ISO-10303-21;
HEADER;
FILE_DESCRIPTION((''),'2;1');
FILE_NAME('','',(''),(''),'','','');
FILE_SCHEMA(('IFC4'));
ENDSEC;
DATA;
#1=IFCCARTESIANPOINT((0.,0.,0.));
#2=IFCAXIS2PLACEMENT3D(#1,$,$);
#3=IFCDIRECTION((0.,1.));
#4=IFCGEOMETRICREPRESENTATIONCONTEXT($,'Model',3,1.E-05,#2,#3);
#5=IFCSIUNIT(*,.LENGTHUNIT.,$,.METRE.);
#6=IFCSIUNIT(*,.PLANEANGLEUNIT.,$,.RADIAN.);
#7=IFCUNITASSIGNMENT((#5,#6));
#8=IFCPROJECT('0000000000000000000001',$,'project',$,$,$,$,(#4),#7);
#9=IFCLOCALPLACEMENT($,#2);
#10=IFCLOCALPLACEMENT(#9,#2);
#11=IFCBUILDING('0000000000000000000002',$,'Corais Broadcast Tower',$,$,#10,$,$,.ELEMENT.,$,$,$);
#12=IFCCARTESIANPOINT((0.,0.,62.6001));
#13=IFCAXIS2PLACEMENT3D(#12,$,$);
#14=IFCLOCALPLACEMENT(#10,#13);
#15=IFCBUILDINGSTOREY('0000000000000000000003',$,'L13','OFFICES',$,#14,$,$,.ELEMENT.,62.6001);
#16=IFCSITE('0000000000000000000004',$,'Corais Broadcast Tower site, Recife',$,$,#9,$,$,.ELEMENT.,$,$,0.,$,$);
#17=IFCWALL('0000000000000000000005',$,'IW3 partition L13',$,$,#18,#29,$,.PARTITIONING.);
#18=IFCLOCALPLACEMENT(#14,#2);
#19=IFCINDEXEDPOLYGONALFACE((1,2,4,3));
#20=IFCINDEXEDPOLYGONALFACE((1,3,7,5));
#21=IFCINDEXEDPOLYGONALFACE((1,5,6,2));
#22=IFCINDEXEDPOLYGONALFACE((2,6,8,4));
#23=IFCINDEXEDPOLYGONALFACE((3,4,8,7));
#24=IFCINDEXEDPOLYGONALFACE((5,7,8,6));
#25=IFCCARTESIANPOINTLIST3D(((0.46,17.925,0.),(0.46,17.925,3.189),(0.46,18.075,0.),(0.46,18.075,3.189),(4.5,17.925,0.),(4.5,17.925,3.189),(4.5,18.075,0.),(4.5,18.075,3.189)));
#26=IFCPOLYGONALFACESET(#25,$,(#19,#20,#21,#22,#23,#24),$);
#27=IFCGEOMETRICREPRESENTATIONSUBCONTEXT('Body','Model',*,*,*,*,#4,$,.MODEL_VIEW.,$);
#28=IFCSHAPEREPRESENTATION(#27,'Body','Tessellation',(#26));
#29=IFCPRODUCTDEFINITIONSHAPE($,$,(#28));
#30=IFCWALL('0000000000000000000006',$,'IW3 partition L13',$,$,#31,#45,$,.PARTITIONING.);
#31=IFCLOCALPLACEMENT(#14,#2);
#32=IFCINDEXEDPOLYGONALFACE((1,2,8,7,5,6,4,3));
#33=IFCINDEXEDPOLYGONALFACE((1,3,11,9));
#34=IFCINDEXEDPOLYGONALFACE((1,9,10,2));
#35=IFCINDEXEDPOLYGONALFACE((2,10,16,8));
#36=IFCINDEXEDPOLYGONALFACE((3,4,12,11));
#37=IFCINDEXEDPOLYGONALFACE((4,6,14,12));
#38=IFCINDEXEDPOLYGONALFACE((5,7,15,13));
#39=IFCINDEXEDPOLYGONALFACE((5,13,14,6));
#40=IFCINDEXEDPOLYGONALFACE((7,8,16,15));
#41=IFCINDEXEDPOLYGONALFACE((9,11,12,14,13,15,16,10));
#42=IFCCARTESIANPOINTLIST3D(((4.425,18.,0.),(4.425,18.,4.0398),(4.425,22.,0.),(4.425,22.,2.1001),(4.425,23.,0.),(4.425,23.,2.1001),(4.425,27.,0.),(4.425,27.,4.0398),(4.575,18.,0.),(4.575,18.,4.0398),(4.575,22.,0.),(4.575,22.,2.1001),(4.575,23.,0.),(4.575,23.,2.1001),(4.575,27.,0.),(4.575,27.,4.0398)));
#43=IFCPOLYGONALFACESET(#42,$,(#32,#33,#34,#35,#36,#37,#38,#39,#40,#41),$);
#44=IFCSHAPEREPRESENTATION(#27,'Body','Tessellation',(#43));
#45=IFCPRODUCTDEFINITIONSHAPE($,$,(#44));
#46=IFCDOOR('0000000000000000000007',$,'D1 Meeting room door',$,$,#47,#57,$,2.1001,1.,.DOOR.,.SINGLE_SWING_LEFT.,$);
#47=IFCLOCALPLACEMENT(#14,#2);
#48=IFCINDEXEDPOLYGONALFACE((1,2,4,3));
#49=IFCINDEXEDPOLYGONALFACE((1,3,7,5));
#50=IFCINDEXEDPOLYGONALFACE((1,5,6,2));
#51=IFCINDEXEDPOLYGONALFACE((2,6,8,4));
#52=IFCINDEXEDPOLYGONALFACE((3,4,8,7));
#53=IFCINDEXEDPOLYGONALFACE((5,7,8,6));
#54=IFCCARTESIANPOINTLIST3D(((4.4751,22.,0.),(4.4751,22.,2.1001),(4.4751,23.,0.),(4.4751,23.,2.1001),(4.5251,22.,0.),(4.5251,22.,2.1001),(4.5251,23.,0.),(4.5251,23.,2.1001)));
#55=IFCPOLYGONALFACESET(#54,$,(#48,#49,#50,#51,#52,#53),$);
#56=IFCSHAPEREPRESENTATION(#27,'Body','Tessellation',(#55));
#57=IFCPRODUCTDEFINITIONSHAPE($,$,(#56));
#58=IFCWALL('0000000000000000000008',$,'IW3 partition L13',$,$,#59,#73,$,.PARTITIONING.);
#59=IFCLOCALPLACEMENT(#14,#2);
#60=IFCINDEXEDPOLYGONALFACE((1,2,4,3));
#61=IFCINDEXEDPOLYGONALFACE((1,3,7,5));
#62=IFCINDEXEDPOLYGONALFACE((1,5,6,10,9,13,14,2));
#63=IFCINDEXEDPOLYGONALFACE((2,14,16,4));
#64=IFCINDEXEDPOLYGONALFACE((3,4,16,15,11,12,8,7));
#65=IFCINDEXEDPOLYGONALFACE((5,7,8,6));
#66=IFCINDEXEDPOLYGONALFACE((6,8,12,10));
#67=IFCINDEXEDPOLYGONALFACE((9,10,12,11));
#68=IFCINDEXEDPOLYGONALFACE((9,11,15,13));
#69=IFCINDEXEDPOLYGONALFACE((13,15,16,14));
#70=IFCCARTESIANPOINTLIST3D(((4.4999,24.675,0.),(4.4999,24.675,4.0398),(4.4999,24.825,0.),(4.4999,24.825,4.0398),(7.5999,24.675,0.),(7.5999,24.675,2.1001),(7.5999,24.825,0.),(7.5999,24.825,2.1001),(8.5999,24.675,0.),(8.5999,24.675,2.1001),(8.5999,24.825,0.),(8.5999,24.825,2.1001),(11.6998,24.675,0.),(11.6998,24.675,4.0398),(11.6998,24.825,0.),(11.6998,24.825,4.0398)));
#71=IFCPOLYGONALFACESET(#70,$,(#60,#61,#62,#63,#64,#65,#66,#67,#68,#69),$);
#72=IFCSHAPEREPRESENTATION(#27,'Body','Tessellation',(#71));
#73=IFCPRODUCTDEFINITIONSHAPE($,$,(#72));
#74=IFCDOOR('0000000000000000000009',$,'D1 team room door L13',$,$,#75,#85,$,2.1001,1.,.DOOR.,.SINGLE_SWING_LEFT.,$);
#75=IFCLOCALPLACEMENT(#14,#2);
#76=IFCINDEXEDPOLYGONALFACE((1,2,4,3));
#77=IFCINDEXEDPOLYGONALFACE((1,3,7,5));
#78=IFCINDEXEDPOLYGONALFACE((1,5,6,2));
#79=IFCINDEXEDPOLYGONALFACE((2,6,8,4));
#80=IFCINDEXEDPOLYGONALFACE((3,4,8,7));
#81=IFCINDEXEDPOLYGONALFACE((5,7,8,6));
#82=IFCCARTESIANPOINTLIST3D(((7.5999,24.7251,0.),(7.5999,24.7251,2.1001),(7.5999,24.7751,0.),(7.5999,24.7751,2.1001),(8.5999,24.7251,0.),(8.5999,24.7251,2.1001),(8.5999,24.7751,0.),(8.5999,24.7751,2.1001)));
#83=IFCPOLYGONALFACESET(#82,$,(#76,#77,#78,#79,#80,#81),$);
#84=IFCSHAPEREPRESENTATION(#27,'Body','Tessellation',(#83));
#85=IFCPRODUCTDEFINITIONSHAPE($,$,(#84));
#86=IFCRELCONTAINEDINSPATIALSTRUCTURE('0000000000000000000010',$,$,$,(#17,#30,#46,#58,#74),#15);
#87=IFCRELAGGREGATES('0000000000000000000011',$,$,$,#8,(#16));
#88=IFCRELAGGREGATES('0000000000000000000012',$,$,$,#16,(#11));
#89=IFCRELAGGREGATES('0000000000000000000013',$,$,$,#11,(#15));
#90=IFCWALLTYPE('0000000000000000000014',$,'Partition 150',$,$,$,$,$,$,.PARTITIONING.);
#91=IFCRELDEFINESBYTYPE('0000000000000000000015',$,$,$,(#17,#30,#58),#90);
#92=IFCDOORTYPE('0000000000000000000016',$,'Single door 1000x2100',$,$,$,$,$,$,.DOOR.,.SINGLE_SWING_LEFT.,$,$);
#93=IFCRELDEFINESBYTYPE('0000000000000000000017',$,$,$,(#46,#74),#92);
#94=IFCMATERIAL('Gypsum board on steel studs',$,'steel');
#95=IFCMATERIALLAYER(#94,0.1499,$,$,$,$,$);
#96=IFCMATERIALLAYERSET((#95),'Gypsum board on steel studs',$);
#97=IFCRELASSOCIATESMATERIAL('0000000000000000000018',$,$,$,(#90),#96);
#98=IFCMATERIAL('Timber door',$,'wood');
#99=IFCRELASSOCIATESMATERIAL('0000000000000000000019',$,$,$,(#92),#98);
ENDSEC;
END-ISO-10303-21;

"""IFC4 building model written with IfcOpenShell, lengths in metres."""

from ifc_helpers import new_model, si_unit, direction, frame, frame_2d, origin, place, context, subcontext, project, spatial, rectangle, extrude, material, layer, layer_set, type_object, element, fill, save


model = new_model("IFC4")

# Units and contexts
model_context = context("Model", 3, precision=1e-05, world=origin(), true_north=direction((0.0, 1.0)))
body_context = subcontext(model_context, "Body", "Model", "MODEL_VIEW")
ifc_project = project(units=[si_unit("LENGTHUNIT", "METRE"), si_unit("PLANEANGLEUNIT", "RADIAN")], contexts=[model_context])

# Site, building, storey
site_placement = place(None, origin())
site = spatial("IfcSite", under=ifc_project, at=site_placement, Name="Corais Broadcast Tower site, Recife", CompositionType="ELEMENT", RefElevation=0.0)
building_placement = place(site_placement, origin())
building = spatial("IfcBuilding", under=site, at=building_placement, Name="Corais Broadcast Tower", CompositionType="ELEMENT")
storey_placement = place(building_placement, frame((0.0, 0.0, 62.6001)))
storey = spatial("IfcBuildingStorey", under=building, at=storey_placement, Name="L13", Description="OFFICES", CompositionType="ELEMENT", Elevation=62.6001)

# Wall
ifc_material_1 = material(Name="Gypsum board on steel studs", Category="steel")
ifc_layer_1 = layer(ifc_material_1, 0.1499)
ifc_layer_set_1 = layer_set([ifc_layer_1], Name="Gypsum board on steel studs")
wall_type_1 = type_object("IfcWallType", Name="Partition 150", PredefinedType="PARTITIONING", material=ifc_layer_set_1)
wall_1_placement = place(storey_placement, frame((0.46, 18.0, 0.0), z_axis=(0.0, 0.0, 1.0), x_axis=(1.0, 0.0, 0.0)))
element("IfcWall", 1, at=wall_1_placement, inside=storey, type_object=wall_type_1, Name="IW3 partition L13", PredefinedType="PARTITIONING", context=body_context, shape_type="SweptSolid", body=[
    extrude(rectangle(XDim=4.04, YDim=0.1499, at=frame_2d((2.02, 0.0))), origin(), (0.0, 0.0, 1.0), 3.189),
])

# Walls, openings, doors
wall_2_placement = place(storey_placement, frame((4.5, 18.0, 0.0), z_axis=(0.0, 0.0, 1.0), x_axis=(0.0, 1.0, 0.0)))
wall_2 = element("IfcWall", 2, at=wall_2_placement, inside=storey, type_object=wall_type_1, Name="IW3 partition L13", PredefinedType="PARTITIONING", context=body_context, shape_type="SweptSolid", body=[
    extrude(rectangle(XDim=9.0, YDim=0.1499, at=frame_2d((4.5, 0.0))), origin(), (0.0, 0.0, 1.0), 4.0398),
])
opening_1_placement = place(wall_2_placement, frame((4.0, 0.0, 0.0)))
opening_1 = element("IfcOpeningElement", 3, at=opening_1_placement, cuts=wall_2, PredefinedType="OPENING", context=body_context, shape_type="SweptSolid", body=[
    extrude(rectangle(XDim=1.0, YDim=2.1001, at=frame_2d((0.5, 1.05))), frame((0.0, 0.085, 0.0), z_axis=(0.0, -1.0, 0.0), x_axis=(1.0, 0.0, 0.0)), (0.0, 0.0, 1.0), 0.1699),
])
ifc_material_2 = material(Name="Timber door", Category="wood")
door_type_1 = type_object("IfcDoorType", Name="Single door 1000x2100", OperationType="SINGLE_SWING_LEFT", PredefinedType="DOOR", material=ifc_material_2)
door_1_placement = place(opening_1_placement, origin())
door_1 = element("IfcDoor", 4, at=door_1_placement, inside=storey, type_object=door_type_1, Name="D1 Meeting room door", OperationType="SINGLE_SWING_LEFT", OverallHeight=2.1001, OverallWidth=1.0, PredefinedType="DOOR", context=body_context, shape_type="SweptSolid", body=[
    extrude(rectangle(XDim=1.0, YDim=2.1001, at=frame_2d((0.5, 1.05))), frame((0.0, 0.0249, 0.0), z_axis=(0.0, -1.0, 0.0), x_axis=(1.0, 0.0, 0.0)), (0.0, 0.0, 1.0), 0.05),
])
fill(opening_1, door_1)
wall_3_placement = place(storey_placement, frame((11.7, 24.75, 0.0), z_axis=(0.0, 0.0, 1.0), x_axis=(-1.0, 0.0, 0.0)))
wall_3 = element("IfcWall", 5, at=wall_3_placement, inside=storey, type_object=wall_type_1, Name="IW3 partition L13", PredefinedType="PARTITIONING", context=body_context, shape_type="SweptSolid", body=[
    extrude(rectangle(XDim=7.2, YDim=0.1499, at=frame_2d((3.6001, 0.0))), origin(), (0.0, 0.0, 1.0), 4.0398),
])
opening_2_placement = place(wall_3_placement, frame((3.1001, 0.0, 0.0)))
opening_2 = element("IfcOpeningElement", 6, at=opening_2_placement, cuts=wall_3, PredefinedType="OPENING", context=body_context, shape_type="SweptSolid", body=[
    extrude(rectangle(XDim=1.0, YDim=2.1001, at=frame_2d((0.5, 1.05))), frame((0.0, 0.085, 0.0), z_axis=(0.0, -1.0, 0.0), x_axis=(1.0, 0.0, 0.0)), (0.0, 0.0, 1.0), 0.1699),
])
door_2_placement = place(opening_2_placement, origin())
door_2 = element("IfcDoor", 7, at=door_2_placement, inside=storey, type_object=door_type_1, Name="D1 team room door L13", OperationType="SINGLE_SWING_LEFT", OverallHeight=2.1001, OverallWidth=1.0, PredefinedType="DOOR", context=body_context, shape_type="SweptSolid", body=[
    extrude(rectangle(XDim=1.0, YDim=2.1001, at=frame_2d((0.5, 1.05))), frame((0.0, 0.0249, 0.0), z_axis=(0.0, -1.0, 0.0), x_axis=(1.0, 0.0, 0.0)), (0.0, 0.0, 1.0), 0.05),
])
fill(opening_2, door_2)

save(model, "model.ifc")
